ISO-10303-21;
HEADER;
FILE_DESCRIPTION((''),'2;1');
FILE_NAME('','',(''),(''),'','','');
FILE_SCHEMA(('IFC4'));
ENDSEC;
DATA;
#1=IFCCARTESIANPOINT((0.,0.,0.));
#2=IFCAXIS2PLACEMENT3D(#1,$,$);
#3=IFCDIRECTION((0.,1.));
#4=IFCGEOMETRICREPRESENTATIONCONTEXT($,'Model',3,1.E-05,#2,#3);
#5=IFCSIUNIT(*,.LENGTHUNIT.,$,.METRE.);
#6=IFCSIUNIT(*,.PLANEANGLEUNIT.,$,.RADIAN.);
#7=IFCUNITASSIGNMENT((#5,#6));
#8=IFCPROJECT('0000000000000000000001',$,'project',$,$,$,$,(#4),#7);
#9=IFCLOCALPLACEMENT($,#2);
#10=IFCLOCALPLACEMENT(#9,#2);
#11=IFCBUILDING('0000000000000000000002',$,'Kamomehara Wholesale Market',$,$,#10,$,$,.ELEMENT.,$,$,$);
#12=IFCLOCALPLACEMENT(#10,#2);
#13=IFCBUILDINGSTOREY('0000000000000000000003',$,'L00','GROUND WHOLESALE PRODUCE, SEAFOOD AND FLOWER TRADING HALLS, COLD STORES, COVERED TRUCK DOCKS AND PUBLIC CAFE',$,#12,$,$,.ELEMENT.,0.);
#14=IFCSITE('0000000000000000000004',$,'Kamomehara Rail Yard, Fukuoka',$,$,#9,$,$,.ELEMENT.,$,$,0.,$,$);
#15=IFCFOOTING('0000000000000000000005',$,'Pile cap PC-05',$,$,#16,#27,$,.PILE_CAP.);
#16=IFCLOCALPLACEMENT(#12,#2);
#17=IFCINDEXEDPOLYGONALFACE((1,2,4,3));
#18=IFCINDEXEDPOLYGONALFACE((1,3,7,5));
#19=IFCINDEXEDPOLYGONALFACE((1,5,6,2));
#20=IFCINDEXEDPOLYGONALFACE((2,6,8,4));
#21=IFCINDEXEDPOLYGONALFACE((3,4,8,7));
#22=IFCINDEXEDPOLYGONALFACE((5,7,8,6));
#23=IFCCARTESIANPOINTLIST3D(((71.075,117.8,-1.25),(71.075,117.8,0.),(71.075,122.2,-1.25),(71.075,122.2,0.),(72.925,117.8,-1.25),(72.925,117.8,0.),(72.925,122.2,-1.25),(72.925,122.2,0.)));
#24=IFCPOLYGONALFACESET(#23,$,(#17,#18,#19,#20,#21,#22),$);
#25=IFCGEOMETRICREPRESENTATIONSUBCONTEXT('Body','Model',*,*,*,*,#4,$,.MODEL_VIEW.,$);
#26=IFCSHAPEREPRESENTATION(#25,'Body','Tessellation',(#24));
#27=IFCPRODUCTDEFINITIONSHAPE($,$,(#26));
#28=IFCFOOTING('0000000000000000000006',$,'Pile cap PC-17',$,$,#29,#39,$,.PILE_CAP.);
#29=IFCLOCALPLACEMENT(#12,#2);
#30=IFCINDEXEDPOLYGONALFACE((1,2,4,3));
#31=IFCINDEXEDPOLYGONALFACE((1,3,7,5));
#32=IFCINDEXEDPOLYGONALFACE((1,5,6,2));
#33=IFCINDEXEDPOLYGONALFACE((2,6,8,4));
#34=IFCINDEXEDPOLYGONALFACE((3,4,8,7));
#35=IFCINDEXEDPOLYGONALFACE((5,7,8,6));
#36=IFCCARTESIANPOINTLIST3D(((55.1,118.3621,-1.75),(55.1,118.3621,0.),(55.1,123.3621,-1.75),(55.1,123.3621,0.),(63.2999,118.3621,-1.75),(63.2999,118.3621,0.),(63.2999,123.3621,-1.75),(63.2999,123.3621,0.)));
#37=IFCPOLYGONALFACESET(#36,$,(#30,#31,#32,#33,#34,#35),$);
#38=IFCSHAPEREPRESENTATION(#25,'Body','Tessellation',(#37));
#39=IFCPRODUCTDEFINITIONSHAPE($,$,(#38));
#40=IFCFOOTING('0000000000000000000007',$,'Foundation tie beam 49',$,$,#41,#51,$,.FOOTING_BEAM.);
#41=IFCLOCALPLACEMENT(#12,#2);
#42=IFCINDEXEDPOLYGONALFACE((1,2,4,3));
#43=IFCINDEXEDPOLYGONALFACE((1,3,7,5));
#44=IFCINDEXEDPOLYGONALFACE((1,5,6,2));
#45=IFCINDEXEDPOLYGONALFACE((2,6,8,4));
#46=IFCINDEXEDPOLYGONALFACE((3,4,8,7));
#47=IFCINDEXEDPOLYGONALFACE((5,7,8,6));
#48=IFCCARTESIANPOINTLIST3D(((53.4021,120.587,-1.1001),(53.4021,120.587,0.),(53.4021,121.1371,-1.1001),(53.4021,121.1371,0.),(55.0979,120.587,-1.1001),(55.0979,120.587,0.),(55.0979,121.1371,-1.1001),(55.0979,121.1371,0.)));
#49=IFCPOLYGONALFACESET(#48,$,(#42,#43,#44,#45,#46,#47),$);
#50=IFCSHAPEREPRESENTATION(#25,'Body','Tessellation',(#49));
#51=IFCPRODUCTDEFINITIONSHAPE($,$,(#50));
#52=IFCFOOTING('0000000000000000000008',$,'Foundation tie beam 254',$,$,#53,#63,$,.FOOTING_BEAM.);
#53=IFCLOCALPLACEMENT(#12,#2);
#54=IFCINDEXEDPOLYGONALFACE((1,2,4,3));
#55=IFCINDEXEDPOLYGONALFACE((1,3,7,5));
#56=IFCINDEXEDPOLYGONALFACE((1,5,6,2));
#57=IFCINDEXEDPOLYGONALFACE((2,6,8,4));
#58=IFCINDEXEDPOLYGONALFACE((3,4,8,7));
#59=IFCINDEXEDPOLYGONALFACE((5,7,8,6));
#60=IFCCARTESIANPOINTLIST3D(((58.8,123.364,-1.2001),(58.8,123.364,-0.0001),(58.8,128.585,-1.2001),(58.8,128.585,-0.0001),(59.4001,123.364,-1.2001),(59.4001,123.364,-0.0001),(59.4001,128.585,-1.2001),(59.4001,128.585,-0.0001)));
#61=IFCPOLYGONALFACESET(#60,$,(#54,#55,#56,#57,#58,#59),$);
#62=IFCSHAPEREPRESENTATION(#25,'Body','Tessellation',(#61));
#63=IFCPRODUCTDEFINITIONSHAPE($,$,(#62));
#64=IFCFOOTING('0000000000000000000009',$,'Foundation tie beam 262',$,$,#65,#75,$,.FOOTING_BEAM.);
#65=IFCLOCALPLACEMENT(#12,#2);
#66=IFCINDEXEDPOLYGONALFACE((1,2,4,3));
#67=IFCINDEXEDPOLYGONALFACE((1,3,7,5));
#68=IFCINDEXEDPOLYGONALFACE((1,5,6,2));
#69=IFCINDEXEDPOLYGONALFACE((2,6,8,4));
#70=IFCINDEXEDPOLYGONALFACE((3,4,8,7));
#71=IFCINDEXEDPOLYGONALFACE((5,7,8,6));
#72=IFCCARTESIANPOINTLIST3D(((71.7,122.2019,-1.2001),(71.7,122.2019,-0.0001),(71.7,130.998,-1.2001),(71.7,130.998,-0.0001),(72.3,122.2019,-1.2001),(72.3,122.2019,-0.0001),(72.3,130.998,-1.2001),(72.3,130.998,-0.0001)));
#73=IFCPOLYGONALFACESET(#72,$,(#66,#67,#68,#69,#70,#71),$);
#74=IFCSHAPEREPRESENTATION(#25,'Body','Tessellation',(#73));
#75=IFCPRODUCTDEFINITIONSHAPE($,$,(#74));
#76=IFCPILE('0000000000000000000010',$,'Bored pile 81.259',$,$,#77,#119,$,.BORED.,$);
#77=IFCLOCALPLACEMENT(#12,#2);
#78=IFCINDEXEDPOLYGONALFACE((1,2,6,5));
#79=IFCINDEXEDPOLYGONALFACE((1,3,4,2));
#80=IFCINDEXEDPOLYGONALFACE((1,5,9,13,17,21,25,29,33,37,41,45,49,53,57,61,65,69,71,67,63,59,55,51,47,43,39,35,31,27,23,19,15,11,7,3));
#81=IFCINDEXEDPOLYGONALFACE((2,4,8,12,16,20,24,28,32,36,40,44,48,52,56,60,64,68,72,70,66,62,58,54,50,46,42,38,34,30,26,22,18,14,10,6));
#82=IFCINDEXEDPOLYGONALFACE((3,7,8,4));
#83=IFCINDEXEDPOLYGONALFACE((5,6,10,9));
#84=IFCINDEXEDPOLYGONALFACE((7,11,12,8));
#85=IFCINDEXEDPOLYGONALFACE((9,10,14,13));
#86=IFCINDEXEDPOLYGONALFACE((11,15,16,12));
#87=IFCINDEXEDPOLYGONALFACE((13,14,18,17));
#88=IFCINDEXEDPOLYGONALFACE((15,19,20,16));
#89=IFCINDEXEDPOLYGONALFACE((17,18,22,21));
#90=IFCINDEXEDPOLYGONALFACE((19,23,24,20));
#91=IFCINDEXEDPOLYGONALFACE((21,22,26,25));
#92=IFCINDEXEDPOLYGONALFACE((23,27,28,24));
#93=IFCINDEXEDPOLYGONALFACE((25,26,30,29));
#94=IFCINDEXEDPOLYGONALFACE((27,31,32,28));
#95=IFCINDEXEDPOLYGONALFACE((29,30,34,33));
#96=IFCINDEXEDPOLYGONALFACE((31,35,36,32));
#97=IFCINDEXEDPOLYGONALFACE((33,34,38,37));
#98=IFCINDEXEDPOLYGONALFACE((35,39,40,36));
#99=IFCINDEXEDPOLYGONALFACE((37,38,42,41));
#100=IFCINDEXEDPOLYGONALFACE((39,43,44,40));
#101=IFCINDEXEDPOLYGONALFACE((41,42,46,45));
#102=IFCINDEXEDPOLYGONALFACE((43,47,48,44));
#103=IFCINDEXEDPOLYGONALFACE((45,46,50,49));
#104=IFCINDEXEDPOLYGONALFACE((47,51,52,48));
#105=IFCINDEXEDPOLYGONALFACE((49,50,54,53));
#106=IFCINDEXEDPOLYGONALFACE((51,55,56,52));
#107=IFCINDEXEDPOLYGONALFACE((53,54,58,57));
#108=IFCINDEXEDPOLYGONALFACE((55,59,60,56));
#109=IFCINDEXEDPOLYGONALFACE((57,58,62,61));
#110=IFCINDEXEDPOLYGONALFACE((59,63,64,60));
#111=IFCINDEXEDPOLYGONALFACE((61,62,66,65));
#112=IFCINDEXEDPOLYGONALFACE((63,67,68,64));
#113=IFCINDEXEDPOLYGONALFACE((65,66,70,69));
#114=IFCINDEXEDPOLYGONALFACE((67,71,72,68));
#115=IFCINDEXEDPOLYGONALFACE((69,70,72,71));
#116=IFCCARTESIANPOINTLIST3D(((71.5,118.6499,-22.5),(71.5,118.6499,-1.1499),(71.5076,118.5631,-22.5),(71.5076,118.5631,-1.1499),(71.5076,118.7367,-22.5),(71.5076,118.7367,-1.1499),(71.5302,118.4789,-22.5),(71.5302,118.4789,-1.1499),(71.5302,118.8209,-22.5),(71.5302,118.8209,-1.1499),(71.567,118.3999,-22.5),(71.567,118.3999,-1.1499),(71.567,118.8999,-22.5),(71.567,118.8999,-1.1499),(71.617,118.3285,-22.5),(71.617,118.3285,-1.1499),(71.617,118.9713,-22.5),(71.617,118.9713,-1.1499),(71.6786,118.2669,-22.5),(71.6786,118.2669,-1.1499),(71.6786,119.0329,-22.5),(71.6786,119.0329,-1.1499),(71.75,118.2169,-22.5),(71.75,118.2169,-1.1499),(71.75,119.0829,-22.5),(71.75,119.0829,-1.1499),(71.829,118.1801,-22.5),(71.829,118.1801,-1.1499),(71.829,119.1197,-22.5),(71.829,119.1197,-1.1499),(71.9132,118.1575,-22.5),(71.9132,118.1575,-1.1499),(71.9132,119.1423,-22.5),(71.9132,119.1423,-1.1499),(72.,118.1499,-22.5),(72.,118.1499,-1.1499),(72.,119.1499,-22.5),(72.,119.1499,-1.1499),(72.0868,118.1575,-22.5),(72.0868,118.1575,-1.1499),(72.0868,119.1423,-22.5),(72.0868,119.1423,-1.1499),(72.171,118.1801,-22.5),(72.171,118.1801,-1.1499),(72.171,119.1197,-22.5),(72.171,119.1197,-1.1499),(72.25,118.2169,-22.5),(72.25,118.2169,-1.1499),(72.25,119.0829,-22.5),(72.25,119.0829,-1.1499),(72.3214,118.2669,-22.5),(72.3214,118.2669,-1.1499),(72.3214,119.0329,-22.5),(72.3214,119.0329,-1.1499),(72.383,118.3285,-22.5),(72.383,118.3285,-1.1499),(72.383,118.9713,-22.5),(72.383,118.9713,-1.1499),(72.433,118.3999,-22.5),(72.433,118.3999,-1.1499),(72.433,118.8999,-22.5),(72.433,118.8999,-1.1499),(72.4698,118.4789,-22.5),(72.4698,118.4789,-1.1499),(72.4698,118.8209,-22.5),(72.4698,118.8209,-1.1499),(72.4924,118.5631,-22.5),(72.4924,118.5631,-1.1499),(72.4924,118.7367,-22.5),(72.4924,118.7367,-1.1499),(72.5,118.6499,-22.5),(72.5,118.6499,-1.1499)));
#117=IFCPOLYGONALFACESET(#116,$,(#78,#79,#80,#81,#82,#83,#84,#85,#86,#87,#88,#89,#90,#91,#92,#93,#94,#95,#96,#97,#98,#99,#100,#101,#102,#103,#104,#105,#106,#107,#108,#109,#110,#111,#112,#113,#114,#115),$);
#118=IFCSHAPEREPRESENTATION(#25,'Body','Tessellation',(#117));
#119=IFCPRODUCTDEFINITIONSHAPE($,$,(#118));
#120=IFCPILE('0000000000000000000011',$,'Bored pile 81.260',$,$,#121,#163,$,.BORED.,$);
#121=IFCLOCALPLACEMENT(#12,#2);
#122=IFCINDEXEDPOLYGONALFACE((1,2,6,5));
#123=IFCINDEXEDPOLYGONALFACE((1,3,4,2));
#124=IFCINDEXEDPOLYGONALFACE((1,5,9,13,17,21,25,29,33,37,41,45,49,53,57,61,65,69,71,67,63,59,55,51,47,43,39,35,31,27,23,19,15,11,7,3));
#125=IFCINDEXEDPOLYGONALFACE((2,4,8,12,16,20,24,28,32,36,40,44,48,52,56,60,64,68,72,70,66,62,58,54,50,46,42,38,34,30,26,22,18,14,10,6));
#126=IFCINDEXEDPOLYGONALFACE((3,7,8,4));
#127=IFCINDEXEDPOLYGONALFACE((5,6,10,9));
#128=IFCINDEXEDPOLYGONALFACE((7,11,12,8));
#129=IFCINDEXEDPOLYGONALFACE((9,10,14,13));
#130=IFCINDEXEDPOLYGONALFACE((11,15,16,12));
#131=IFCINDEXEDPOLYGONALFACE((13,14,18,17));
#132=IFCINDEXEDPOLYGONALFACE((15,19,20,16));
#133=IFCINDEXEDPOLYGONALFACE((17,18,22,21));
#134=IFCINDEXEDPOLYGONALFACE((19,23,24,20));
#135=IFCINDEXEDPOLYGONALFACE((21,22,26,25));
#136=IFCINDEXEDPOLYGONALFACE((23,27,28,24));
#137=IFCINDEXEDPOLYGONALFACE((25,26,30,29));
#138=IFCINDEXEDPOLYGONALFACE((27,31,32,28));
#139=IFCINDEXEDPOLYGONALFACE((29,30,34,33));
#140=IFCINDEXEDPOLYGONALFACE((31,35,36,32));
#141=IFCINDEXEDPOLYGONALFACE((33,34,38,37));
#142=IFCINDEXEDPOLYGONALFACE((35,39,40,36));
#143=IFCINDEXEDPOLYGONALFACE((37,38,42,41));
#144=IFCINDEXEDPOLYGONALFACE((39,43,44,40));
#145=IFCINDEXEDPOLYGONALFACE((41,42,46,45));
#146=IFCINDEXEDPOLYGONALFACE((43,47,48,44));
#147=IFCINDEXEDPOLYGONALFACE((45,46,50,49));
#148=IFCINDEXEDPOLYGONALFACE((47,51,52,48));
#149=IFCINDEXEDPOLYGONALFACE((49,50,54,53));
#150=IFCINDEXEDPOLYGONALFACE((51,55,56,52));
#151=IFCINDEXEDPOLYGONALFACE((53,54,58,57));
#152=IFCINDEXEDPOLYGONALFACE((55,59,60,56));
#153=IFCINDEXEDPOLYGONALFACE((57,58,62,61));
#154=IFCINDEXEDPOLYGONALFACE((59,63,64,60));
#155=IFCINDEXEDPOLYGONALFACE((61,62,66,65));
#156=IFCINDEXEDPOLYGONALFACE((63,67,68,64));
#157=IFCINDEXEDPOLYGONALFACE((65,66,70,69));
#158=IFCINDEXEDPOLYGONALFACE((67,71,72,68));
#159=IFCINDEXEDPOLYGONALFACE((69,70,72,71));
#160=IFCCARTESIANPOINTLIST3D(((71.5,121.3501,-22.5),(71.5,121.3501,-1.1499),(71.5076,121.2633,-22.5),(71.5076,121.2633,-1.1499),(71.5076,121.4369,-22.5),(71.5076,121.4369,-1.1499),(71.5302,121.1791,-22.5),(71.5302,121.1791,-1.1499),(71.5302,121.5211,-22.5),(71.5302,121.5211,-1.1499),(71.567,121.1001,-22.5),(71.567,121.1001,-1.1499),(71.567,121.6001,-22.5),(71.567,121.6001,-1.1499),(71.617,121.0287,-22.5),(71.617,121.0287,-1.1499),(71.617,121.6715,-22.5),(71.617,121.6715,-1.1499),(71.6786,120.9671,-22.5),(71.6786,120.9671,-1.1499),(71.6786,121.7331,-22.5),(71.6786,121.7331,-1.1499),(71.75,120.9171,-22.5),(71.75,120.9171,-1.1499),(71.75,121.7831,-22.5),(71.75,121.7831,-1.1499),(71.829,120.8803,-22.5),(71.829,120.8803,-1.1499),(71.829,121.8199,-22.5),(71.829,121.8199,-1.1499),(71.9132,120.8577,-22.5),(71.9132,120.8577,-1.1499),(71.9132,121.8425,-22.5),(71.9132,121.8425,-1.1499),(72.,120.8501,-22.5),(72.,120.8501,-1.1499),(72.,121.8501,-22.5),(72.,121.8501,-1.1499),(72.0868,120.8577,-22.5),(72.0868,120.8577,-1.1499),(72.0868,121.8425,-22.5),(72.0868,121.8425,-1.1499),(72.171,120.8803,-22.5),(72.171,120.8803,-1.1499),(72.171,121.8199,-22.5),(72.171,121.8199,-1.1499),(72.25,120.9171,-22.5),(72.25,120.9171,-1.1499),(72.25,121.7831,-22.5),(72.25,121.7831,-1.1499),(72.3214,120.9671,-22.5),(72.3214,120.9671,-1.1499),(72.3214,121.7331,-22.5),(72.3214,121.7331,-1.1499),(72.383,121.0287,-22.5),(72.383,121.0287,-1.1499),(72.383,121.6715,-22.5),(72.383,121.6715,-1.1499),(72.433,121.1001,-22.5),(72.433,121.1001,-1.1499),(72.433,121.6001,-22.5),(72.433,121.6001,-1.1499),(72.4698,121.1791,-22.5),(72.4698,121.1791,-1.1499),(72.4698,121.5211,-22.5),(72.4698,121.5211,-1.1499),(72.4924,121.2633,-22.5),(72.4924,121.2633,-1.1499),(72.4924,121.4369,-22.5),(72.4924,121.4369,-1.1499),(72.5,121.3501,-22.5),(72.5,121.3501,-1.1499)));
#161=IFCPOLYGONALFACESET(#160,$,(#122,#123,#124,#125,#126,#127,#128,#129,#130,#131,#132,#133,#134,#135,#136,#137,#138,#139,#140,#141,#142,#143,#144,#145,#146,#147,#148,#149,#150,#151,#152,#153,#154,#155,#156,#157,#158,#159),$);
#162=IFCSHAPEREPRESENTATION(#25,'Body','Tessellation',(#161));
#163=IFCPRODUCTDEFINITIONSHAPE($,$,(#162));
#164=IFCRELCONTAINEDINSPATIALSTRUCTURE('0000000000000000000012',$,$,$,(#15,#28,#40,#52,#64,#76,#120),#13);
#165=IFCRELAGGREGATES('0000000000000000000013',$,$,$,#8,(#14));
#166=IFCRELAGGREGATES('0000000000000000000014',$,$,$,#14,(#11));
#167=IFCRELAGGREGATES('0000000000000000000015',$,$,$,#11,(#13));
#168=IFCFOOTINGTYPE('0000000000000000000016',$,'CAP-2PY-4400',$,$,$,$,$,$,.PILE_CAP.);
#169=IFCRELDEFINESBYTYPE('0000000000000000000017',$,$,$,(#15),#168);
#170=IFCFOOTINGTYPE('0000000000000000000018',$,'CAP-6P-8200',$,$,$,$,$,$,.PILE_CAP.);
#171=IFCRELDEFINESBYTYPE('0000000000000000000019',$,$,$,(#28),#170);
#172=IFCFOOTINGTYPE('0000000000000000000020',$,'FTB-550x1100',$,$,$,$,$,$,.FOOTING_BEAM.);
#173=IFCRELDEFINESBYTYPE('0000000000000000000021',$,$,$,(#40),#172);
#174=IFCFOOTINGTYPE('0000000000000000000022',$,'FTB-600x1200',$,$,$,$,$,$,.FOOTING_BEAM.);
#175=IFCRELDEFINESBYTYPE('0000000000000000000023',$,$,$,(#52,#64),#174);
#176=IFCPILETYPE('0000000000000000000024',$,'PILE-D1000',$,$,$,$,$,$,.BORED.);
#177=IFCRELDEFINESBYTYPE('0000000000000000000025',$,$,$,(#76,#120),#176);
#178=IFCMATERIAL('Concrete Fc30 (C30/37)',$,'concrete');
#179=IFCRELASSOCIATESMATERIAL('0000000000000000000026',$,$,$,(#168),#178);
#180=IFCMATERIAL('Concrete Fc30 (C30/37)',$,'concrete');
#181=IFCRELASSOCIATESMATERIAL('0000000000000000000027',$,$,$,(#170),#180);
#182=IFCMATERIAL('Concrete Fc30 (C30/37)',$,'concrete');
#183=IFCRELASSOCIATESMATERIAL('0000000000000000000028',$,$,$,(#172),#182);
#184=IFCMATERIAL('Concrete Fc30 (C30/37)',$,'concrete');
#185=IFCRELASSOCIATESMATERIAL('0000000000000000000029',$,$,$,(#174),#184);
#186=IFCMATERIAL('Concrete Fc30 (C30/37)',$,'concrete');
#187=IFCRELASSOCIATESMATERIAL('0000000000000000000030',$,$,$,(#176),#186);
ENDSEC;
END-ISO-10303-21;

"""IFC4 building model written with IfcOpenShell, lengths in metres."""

from ifc_helpers import new_model, si_unit, direction, frame, origin, origin_2d, place, context, subcontext, project, spatial, rectangle, circle, extrude, material, material_profile, profile_set, type_object, element, save


model = new_model("IFC4")

# Units and contexts
model_context = context("Model", 3, precision=1e-05, world=origin(), true_north=direction((0.0, 1.0)))
body_context = subcontext(model_context, "Body", "Model", "MODEL_VIEW")
ifc_project = project(units=[si_unit("LENGTHUNIT", "METRE"), si_unit("PLANEANGLEUNIT", "RADIAN")], contexts=[model_context])

# Site, building, storey
site_placement = place(None, origin())
site = spatial("IfcSite", under=ifc_project, at=site_placement, Name="Kamomehara Rail Yard, Fukuoka", CompositionType="ELEMENT", RefElevation=0.0)
building_placement = place(site_placement, origin())
building = spatial("IfcBuilding", under=site, at=building_placement, Name="Kamomehara Wholesale Market", CompositionType="ELEMENT")
storey_placement = place(building_placement, origin())
storey = spatial("IfcBuildingStorey", under=building, at=storey_placement, Name="L00", Description="GROUND WHOLESALE PRODUCE, SEAFOOD AND FLOWER TRADING HALLS, COLD STORES, COVERED TRUCK DOCKS AND PUBLIC CAFE", CompositionType="ELEMENT", Elevation=0.0)

# Footings
ifc_material_1 = material(Name="Concrete Fc30 (C30/37)", Category="concrete")
footing_type_1 = type_object("IfcFootingType", Name="CAP-2PY-4400", PredefinedType="PILE_CAP", material=ifc_material_1)
footing_1_placement = place(storey_placement, frame((72.0, 120.0, -1.25), z_axis=(0.0, 0.0, 1.0), x_axis=(1.0, 0.0, 0.0)))
element("IfcFooting", 1, at=footing_1_placement, inside=storey, type_object=footing_type_1, Name="Pile cap PC-05", PredefinedType="PILE_CAP", context=body_context, shape_type="SweptSolid", body=[
    extrude(rectangle(XDim=1.8501, YDim=4.3999, at=origin_2d()), origin(), (0.0, 0.0, 1.0), 1.25),
])
ifc_material_2 = material(Name="Concrete Fc30 (C30/37)", Category="concrete")
footing_type_2 = type_object("IfcFootingType", Name="CAP-6P-8200", PredefinedType="PILE_CAP", material=ifc_material_2)
footing_2_placement = place(storey_placement, frame((59.2, 120.8621, -1.75), z_axis=(0.0, 0.0, 1.0), x_axis=(1.0, 0.0, 0.0)))
element("IfcFooting", 2, at=footing_2_placement, inside=storey, type_object=footing_type_2, Name="Pile cap PC-17", PredefinedType="PILE_CAP", context=body_context, shape_type="SweptSolid", body=[
    extrude(rectangle(XDim=8.2, YDim=5.0, at=origin_2d()), origin(), (0.0, 0.0, 1.0), 1.75),
])
ifc_material_3 = material(Name="Concrete Fc30 (C30/37)", Category="concrete")
ifc_material_profile_1 = material_profile(ifc_material_3, rectangle(XDim=0.55, YDim=1.1001, at=origin_2d()), Name="RC-FTB-550x1100")
ifc_profile_set_1 = profile_set([ifc_material_profile_1], Name="Concrete Fc30 (C30/37)")
footing_type_3 = type_object("IfcFootingType", Name="FTB-550x1100", PredefinedType="FOOTING_BEAM", material=ifc_profile_set_1)
footing_3_placement = place(storey_placement, frame((53.4021, 120.8621, -0.55), z_axis=(1.0, 0.0, 0.0), x_axis=(0.0, 1.0, 0.0)))
element("IfcFooting", 3, at=footing_3_placement, inside=storey, type_object=footing_type_3, Name="Foundation tie beam 49", PredefinedType="FOOTING_BEAM", context=body_context, shape_type="SweptSolid", body=[
    extrude(rectangle(XDim=0.55, YDim=1.1001, at=origin_2d()), origin(), (0.0, 0.0, 1.0), 1.6958),
])
ifc_material_4 = material(Name="Concrete Fc30 (C30/37)", Category="concrete")
ifc_material_profile_2 = material_profile(ifc_material_4, rectangle(XDim=0.6001, YDim=1.2, at=origin_2d()), Name="RC-FTB-600x1200")
ifc_profile_set_2 = profile_set([ifc_material_profile_2], Name="Concrete Fc30 (C30/37)")
footing_type_4 = type_object("IfcFootingType", Name="FTB-600x1200", PredefinedType="FOOTING_BEAM", material=ifc_profile_set_2)
footing_4_placement = place(storey_placement, frame((59.1001, 123.364, -0.6001), z_axis=(0.0, 1.0, 0.0), x_axis=(-1.0, 0.0, 0.0)))
element("IfcFooting", 4, at=footing_4_placement, inside=storey, type_object=footing_type_4, Name="Foundation tie beam 254", PredefinedType="FOOTING_BEAM", context=body_context, shape_type="SweptSolid", body=[
    extrude(rectangle(XDim=0.6001, YDim=1.2, at=origin_2d()), origin(), (0.0, 0.0, 1.0), 5.2209),
])
footing_5_placement = place(storey_placement, frame((72.0, 122.2019, -0.6001), z_axis=(0.0, 1.0, 0.0), x_axis=(-1.0, 0.0, 0.0)))
element("IfcFooting", 5, at=footing_5_placement, inside=storey, type_object=footing_type_4, Name="Foundation tie beam 262", PredefinedType="FOOTING_BEAM", context=body_context, shape_type="SweptSolid", body=[
    extrude(rectangle(XDim=0.6001, YDim=1.2, at=origin_2d()), origin(), (0.0, 0.0, 1.0), 8.7961),
])

# Piles
ifc_material_5 = material(Name="Concrete Fc30 (C30/37)", Category="concrete")
ifc_material_profile_3 = material_profile(ifc_material_5, circle(Radius=0.5, at=origin_2d()), Name="RC-PILE-D1000")
ifc_profile_set_3 = profile_set([ifc_material_profile_3], Name="Concrete Fc30 (C30/37)")
pile_type_1 = type_object("IfcPileType", Name="PILE-D1000", PredefinedType="BORED", material=ifc_profile_set_3)
for number, where, z_axis, x_axis, name in (
    (6, (72.0, 118.6499, -1.1499), (0.0, 0.0, -1.0), (1.0, 0.0, 0.0), "Bored pile 81.259"),
    (7, (72.0, 121.3501, -1.1499), (0.0, 0.0, -1.0), (1.0, 0.0, 0.0), "Bored pile 81.260"),
):
    element("IfcPile", number, at=place(storey_placement, frame(where, z_axis=z_axis, x_axis=x_axis)), inside=storey, type_object=pile_type_1, Name=name, PredefinedType="BORED", context=body_context, shape_type="SweptSolid", body=[
        extrude(circle(Radius=0.5, at=origin_2d()), origin(), (0.0, 0.0, 1.0), 21.3501),
    ])

save(model, "model.ifc")
